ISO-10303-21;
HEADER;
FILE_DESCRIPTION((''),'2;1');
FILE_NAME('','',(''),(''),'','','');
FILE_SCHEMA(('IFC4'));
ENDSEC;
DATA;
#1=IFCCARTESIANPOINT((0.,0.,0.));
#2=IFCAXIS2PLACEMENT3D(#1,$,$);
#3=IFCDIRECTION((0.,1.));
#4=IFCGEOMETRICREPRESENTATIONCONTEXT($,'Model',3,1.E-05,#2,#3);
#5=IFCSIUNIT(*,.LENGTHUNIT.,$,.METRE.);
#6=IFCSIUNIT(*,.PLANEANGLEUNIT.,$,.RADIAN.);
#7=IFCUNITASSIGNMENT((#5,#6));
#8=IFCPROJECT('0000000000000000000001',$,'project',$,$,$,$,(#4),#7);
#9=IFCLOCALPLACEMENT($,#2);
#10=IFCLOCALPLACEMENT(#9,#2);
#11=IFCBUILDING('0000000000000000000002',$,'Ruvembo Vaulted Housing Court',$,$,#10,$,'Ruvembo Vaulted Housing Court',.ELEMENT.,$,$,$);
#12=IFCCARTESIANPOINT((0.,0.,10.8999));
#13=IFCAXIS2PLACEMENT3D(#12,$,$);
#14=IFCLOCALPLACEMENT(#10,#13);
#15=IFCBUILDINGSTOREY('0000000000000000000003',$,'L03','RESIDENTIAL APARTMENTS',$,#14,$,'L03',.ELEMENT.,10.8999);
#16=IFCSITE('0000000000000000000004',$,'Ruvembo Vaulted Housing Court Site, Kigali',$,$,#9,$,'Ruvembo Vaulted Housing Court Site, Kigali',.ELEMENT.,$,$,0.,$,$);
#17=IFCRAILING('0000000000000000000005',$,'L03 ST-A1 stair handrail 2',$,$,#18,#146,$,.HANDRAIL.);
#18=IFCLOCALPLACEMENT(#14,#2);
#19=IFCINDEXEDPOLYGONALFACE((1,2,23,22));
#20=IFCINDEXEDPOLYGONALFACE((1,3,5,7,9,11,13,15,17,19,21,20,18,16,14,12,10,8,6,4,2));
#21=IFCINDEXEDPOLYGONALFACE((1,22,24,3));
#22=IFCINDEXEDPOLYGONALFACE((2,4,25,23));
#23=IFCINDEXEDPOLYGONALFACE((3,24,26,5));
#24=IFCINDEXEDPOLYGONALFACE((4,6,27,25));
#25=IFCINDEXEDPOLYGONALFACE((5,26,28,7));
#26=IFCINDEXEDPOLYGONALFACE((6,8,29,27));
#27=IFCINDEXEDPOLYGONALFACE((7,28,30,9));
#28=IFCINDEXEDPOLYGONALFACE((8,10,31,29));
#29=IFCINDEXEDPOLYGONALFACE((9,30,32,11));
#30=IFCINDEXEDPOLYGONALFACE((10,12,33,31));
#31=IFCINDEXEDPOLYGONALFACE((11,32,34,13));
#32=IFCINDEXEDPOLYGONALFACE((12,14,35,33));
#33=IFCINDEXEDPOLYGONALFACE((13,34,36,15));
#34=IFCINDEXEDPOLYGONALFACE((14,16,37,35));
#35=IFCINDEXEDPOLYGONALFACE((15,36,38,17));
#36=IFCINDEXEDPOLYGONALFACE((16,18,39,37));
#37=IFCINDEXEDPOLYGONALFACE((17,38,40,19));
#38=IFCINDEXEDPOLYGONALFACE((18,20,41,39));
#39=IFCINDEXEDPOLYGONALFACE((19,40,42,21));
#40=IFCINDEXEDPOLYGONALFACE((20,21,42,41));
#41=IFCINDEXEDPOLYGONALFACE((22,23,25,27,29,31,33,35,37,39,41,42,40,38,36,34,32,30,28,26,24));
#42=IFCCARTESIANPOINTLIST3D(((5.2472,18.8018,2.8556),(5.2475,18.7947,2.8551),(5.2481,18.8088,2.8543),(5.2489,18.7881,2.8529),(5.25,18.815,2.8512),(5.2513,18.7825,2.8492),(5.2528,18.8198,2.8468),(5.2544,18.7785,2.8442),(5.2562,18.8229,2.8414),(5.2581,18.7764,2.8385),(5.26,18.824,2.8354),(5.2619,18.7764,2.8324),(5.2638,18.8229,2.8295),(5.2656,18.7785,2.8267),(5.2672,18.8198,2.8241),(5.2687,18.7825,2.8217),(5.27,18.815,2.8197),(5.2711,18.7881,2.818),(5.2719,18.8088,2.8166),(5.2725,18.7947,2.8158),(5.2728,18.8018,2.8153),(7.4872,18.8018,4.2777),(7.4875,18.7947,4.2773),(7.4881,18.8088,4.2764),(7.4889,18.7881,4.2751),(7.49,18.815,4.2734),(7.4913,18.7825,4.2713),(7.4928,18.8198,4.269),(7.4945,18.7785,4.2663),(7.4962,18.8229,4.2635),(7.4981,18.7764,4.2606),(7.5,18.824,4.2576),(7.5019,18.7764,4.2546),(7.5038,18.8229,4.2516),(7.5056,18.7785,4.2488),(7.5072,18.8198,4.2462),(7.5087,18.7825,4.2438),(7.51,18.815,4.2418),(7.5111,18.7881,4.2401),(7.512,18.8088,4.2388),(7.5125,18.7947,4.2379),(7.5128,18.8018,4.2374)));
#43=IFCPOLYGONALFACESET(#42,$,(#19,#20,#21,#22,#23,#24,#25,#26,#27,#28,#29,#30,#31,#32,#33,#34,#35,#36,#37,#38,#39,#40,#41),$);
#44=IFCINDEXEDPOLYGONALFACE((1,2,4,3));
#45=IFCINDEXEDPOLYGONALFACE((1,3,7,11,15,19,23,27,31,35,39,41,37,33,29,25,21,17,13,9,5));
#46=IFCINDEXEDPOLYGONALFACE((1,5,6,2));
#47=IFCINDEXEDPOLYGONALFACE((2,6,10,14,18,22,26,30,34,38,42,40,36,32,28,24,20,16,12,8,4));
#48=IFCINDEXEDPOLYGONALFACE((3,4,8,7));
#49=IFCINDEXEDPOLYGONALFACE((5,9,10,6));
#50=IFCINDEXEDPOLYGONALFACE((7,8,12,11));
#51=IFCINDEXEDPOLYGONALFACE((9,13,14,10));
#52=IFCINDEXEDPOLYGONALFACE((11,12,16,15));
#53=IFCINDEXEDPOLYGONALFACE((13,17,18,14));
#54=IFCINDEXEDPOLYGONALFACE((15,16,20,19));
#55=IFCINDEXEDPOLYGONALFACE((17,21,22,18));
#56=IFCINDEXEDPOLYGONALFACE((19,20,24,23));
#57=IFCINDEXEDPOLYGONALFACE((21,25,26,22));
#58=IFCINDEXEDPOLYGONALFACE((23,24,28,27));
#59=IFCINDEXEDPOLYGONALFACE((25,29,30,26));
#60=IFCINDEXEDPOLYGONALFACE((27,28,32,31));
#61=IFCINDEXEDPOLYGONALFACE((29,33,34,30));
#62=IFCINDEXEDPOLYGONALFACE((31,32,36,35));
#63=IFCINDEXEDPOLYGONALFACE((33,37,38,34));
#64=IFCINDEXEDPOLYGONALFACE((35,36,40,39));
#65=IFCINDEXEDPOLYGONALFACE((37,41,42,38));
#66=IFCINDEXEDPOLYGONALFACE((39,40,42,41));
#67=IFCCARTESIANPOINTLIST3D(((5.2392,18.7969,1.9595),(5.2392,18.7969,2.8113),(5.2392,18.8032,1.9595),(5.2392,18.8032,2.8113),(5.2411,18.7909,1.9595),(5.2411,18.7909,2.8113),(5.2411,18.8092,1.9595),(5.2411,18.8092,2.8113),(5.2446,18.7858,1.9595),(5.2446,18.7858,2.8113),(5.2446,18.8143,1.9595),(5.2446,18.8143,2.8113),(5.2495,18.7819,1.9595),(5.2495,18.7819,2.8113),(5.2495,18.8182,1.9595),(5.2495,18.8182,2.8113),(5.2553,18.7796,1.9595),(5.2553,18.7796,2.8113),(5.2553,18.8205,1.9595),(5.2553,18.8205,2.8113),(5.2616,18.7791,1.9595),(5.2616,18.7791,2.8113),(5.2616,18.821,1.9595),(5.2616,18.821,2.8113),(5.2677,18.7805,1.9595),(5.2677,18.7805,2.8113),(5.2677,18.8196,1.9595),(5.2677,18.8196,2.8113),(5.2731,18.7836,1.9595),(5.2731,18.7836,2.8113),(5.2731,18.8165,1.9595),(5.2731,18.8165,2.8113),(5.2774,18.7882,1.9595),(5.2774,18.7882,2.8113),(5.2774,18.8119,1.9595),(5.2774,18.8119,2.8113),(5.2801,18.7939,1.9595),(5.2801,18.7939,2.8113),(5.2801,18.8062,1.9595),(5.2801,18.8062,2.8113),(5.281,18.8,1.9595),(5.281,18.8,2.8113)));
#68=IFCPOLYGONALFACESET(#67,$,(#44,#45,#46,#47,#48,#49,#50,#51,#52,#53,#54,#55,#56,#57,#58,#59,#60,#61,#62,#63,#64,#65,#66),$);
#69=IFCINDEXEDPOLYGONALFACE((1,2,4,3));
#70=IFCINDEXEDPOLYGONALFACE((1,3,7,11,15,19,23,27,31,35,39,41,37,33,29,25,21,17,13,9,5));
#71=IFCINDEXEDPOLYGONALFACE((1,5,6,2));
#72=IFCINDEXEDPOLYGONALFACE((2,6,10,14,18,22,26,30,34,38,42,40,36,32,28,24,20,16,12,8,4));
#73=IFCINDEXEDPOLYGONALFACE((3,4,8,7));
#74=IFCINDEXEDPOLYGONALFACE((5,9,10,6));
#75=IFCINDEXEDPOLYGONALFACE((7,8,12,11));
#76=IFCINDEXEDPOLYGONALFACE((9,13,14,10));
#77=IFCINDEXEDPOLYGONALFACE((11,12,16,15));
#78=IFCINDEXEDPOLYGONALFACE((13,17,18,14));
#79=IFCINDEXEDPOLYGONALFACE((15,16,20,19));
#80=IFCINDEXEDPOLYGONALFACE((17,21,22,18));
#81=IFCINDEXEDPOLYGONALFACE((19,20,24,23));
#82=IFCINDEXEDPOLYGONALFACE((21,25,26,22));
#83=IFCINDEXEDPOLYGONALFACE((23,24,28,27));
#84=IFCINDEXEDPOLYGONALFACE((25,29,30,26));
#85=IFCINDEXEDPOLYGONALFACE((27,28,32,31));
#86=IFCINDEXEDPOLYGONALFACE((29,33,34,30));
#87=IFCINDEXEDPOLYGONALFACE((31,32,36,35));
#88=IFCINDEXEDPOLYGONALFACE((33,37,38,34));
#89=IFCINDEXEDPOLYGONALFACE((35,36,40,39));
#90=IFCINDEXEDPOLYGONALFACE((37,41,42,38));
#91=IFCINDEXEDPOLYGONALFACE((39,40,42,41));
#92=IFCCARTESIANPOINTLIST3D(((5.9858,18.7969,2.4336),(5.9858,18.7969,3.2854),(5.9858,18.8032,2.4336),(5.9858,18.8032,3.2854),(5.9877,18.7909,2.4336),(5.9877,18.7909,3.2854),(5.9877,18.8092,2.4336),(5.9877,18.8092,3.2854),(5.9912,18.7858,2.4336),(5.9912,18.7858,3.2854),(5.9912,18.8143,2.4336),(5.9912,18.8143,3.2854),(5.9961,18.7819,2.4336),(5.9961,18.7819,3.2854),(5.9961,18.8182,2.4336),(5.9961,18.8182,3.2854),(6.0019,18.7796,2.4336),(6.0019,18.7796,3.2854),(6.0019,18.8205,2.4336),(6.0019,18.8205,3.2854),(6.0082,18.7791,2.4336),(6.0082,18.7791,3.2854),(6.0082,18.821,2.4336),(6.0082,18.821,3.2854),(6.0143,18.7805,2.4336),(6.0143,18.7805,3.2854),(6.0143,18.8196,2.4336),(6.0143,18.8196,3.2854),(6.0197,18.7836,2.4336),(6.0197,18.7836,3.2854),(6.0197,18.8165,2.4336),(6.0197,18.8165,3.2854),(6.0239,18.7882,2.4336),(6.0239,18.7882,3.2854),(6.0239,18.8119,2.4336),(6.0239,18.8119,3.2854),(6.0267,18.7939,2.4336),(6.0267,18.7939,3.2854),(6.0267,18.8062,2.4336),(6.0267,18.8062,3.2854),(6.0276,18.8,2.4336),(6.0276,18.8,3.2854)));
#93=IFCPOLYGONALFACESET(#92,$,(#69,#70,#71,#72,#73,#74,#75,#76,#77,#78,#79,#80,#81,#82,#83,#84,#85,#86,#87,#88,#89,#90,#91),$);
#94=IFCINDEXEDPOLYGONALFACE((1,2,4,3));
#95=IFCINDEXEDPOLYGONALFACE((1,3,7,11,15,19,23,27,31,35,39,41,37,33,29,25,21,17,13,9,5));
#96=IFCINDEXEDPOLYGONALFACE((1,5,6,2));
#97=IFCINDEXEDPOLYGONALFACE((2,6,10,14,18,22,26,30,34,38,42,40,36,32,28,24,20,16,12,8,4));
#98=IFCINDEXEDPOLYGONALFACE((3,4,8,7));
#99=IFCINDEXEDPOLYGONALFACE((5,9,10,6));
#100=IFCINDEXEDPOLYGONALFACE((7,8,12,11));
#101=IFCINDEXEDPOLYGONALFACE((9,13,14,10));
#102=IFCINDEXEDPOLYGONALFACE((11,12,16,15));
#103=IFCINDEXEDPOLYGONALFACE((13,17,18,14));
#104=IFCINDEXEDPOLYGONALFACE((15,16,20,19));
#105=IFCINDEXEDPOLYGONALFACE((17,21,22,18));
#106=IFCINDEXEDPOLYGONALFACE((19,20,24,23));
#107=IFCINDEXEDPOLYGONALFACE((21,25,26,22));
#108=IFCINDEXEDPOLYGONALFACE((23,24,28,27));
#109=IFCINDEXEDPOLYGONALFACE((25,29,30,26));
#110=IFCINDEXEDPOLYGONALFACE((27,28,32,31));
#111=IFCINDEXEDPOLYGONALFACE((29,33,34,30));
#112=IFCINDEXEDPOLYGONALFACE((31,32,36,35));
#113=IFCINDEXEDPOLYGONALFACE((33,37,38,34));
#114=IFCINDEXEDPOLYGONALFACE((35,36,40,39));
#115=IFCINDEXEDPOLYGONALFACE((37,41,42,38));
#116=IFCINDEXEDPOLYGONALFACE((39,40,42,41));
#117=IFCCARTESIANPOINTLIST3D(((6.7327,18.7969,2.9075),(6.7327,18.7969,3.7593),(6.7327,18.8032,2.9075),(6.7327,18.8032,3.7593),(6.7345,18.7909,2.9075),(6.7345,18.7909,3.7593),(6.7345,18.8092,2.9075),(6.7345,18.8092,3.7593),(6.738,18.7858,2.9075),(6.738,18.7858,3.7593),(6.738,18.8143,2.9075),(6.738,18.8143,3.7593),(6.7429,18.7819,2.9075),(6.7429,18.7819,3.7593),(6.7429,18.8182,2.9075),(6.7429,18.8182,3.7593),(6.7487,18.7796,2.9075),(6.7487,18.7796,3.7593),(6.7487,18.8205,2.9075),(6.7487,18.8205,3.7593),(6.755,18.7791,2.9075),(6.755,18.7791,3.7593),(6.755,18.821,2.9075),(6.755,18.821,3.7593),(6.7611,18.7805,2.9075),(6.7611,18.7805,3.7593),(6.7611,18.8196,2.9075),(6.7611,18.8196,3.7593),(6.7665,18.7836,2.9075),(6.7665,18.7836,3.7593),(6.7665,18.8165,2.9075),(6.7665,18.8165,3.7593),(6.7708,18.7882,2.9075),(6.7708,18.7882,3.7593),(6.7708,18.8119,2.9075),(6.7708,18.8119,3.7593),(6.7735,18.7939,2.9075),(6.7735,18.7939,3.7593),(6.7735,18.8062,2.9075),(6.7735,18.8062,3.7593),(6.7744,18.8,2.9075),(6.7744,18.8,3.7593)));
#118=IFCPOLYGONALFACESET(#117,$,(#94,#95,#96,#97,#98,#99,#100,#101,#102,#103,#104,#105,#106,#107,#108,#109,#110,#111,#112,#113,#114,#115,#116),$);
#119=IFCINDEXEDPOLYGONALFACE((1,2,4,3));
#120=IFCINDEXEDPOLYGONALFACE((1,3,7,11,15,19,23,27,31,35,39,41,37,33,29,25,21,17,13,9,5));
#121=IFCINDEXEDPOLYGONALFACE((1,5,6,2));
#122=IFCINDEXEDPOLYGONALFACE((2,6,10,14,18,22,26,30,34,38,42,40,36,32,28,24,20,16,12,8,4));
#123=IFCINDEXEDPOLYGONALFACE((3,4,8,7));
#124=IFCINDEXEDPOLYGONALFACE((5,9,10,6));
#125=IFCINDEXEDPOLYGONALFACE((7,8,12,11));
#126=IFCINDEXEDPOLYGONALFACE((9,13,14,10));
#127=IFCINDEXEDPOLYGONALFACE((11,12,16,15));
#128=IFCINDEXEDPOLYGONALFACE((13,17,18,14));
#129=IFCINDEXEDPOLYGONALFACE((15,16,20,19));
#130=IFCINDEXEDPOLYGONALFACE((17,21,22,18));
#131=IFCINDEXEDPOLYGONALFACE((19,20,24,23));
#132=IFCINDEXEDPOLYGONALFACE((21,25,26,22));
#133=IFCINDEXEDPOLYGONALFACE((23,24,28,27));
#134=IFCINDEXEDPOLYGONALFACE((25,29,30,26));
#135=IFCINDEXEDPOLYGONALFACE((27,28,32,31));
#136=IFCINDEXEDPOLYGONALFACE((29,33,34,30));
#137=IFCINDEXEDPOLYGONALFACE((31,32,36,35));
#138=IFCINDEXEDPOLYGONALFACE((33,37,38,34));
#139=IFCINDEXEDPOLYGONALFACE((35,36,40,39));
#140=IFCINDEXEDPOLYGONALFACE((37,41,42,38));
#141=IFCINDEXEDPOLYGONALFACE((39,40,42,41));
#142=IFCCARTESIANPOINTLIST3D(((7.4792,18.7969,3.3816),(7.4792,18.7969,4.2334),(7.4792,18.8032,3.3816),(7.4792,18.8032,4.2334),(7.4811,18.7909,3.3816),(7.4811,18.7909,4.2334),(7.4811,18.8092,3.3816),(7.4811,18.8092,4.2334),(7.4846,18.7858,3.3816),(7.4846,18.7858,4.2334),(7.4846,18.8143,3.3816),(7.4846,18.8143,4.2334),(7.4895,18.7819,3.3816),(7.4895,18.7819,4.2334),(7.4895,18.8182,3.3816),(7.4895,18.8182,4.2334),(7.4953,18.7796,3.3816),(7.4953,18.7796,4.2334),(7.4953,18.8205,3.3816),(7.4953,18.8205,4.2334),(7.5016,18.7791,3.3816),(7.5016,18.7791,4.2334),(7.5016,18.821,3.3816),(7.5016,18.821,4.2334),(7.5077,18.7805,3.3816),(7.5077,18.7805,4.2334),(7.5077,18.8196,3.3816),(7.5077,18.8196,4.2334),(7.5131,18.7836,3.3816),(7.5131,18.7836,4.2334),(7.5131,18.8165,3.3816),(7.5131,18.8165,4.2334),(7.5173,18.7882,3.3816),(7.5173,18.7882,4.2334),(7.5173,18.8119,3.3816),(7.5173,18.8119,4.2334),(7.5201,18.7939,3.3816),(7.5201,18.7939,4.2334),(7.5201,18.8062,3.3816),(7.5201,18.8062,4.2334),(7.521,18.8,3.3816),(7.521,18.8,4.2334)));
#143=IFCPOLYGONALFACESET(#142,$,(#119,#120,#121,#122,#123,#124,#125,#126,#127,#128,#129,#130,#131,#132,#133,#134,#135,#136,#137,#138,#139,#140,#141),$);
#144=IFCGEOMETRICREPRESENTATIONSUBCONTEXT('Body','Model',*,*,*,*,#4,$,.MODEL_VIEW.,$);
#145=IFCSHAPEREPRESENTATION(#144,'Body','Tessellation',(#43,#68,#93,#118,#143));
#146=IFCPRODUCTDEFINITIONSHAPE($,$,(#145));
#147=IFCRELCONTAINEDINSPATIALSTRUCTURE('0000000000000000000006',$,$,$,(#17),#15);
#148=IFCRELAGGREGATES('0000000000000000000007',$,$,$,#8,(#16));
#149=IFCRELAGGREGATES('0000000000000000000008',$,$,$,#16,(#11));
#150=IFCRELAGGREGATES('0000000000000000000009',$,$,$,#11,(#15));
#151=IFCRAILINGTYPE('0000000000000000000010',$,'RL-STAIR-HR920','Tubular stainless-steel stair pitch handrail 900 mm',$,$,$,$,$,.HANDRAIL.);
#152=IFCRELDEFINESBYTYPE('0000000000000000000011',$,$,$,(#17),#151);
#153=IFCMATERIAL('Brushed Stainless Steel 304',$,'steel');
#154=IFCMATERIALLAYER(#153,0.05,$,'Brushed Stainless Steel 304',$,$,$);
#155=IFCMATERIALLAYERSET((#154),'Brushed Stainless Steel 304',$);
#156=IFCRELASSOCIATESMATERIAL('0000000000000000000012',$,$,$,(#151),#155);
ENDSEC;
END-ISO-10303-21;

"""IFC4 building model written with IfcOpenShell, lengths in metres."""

from ifc_helpers import new_model, si_unit, direction, frame, origin, origin_2d, place, context, subcontext, project, spatial, circle, extrude, material, layer, layer_set, type_object, element, save


model = new_model("IFC4")

# Units and contexts
model_context = context("Model", 3, precision=1e-05, world=origin(), true_north=direction((0.0, 1.0)))
body_context = subcontext(model_context, "Body", "Model", "MODEL_VIEW")
ifc_project = project(units=[si_unit("LENGTHUNIT", "METRE"), si_unit("PLANEANGLEUNIT", "RADIAN")], contexts=[model_context])

# Site, building, storey
site_placement = place(None, origin())
site = spatial("IfcSite", under=ifc_project, at=site_placement, Name="Ruvembo Vaulted Housing Court Site, Kigali", LongName="Ruvembo Vaulted Housing Court Site, Kigali", CompositionType="ELEMENT", RefElevation=0.0)
building_placement = place(site_placement, origin())
building = spatial("IfcBuilding", under=site, at=building_placement, Name="Ruvembo Vaulted Housing Court", LongName="Ruvembo Vaulted Housing Court", CompositionType="ELEMENT")
storey_placement = place(building_placement, frame((0.0, 0.0, 10.8999)))
storey = spatial("IfcBuildingStorey", under=building, at=storey_placement, Name="L03", Description="RESIDENTIAL APARTMENTS", LongName="L03", CompositionType="ELEMENT", Elevation=10.8999)

# Shared definitions
ifc_material_1 = material(Name="Brushed Stainless Steel 304", Category="steel")

# Railing
ifc_layer_1 = layer(ifc_material_1, 0.05, Name="Brushed Stainless Steel 304")
ifc_layer_set_1 = layer_set([ifc_layer_1], Name="Brushed Stainless Steel 304")
railing_type_1 = type_object("IfcRailingType", Name="RL-STAIR-HR920", Description="Tubular stainless-steel stair pitch handrail 900 mm", PredefinedType="HANDRAIL", material=ifc_layer_set_1)
railing_1_placement = place(storey_placement, frame((5.26, 18.8, 1.9595)))
element("IfcRailing", 1, at=railing_1_placement, inside=storey, type_object=railing_type_1, Name="L03 ST-A1 stair handrail 2", PredefinedType="HANDRAIL", context=body_context, shape_type="SweptSolid", body=[
    extrude(circle(Radius=0.0239, at=origin_2d()), frame((0.0, 0.0, 0.876), z_axis=(0.844229, 0.0, 0.535982), x_axis=(0.0, 1.0, 0.0)), (0.0, 0.0, 1.0), 2.6533),
    extrude(circle(Radius=0.021, at=origin_2d()), origin(), (0.0, 0.0, 1.0), 0.8518),
    extrude(circle(Radius=0.021, at=origin_2d()), frame((0.7466, 0.0, 0.4741)), (0.0, 0.0, 1.0), 0.8518),
    extrude(circle(Radius=0.021, at=origin_2d()), frame((1.4934, 0.0, 0.948)), (0.0, 0.0, 1.0), 0.8518),
    extrude(circle(Radius=0.021, at=origin_2d()), frame((2.24, 0.0, 1.4221)), (0.0, 0.0, 1.0), 0.8518),
])

save(model, "model.ifc")
